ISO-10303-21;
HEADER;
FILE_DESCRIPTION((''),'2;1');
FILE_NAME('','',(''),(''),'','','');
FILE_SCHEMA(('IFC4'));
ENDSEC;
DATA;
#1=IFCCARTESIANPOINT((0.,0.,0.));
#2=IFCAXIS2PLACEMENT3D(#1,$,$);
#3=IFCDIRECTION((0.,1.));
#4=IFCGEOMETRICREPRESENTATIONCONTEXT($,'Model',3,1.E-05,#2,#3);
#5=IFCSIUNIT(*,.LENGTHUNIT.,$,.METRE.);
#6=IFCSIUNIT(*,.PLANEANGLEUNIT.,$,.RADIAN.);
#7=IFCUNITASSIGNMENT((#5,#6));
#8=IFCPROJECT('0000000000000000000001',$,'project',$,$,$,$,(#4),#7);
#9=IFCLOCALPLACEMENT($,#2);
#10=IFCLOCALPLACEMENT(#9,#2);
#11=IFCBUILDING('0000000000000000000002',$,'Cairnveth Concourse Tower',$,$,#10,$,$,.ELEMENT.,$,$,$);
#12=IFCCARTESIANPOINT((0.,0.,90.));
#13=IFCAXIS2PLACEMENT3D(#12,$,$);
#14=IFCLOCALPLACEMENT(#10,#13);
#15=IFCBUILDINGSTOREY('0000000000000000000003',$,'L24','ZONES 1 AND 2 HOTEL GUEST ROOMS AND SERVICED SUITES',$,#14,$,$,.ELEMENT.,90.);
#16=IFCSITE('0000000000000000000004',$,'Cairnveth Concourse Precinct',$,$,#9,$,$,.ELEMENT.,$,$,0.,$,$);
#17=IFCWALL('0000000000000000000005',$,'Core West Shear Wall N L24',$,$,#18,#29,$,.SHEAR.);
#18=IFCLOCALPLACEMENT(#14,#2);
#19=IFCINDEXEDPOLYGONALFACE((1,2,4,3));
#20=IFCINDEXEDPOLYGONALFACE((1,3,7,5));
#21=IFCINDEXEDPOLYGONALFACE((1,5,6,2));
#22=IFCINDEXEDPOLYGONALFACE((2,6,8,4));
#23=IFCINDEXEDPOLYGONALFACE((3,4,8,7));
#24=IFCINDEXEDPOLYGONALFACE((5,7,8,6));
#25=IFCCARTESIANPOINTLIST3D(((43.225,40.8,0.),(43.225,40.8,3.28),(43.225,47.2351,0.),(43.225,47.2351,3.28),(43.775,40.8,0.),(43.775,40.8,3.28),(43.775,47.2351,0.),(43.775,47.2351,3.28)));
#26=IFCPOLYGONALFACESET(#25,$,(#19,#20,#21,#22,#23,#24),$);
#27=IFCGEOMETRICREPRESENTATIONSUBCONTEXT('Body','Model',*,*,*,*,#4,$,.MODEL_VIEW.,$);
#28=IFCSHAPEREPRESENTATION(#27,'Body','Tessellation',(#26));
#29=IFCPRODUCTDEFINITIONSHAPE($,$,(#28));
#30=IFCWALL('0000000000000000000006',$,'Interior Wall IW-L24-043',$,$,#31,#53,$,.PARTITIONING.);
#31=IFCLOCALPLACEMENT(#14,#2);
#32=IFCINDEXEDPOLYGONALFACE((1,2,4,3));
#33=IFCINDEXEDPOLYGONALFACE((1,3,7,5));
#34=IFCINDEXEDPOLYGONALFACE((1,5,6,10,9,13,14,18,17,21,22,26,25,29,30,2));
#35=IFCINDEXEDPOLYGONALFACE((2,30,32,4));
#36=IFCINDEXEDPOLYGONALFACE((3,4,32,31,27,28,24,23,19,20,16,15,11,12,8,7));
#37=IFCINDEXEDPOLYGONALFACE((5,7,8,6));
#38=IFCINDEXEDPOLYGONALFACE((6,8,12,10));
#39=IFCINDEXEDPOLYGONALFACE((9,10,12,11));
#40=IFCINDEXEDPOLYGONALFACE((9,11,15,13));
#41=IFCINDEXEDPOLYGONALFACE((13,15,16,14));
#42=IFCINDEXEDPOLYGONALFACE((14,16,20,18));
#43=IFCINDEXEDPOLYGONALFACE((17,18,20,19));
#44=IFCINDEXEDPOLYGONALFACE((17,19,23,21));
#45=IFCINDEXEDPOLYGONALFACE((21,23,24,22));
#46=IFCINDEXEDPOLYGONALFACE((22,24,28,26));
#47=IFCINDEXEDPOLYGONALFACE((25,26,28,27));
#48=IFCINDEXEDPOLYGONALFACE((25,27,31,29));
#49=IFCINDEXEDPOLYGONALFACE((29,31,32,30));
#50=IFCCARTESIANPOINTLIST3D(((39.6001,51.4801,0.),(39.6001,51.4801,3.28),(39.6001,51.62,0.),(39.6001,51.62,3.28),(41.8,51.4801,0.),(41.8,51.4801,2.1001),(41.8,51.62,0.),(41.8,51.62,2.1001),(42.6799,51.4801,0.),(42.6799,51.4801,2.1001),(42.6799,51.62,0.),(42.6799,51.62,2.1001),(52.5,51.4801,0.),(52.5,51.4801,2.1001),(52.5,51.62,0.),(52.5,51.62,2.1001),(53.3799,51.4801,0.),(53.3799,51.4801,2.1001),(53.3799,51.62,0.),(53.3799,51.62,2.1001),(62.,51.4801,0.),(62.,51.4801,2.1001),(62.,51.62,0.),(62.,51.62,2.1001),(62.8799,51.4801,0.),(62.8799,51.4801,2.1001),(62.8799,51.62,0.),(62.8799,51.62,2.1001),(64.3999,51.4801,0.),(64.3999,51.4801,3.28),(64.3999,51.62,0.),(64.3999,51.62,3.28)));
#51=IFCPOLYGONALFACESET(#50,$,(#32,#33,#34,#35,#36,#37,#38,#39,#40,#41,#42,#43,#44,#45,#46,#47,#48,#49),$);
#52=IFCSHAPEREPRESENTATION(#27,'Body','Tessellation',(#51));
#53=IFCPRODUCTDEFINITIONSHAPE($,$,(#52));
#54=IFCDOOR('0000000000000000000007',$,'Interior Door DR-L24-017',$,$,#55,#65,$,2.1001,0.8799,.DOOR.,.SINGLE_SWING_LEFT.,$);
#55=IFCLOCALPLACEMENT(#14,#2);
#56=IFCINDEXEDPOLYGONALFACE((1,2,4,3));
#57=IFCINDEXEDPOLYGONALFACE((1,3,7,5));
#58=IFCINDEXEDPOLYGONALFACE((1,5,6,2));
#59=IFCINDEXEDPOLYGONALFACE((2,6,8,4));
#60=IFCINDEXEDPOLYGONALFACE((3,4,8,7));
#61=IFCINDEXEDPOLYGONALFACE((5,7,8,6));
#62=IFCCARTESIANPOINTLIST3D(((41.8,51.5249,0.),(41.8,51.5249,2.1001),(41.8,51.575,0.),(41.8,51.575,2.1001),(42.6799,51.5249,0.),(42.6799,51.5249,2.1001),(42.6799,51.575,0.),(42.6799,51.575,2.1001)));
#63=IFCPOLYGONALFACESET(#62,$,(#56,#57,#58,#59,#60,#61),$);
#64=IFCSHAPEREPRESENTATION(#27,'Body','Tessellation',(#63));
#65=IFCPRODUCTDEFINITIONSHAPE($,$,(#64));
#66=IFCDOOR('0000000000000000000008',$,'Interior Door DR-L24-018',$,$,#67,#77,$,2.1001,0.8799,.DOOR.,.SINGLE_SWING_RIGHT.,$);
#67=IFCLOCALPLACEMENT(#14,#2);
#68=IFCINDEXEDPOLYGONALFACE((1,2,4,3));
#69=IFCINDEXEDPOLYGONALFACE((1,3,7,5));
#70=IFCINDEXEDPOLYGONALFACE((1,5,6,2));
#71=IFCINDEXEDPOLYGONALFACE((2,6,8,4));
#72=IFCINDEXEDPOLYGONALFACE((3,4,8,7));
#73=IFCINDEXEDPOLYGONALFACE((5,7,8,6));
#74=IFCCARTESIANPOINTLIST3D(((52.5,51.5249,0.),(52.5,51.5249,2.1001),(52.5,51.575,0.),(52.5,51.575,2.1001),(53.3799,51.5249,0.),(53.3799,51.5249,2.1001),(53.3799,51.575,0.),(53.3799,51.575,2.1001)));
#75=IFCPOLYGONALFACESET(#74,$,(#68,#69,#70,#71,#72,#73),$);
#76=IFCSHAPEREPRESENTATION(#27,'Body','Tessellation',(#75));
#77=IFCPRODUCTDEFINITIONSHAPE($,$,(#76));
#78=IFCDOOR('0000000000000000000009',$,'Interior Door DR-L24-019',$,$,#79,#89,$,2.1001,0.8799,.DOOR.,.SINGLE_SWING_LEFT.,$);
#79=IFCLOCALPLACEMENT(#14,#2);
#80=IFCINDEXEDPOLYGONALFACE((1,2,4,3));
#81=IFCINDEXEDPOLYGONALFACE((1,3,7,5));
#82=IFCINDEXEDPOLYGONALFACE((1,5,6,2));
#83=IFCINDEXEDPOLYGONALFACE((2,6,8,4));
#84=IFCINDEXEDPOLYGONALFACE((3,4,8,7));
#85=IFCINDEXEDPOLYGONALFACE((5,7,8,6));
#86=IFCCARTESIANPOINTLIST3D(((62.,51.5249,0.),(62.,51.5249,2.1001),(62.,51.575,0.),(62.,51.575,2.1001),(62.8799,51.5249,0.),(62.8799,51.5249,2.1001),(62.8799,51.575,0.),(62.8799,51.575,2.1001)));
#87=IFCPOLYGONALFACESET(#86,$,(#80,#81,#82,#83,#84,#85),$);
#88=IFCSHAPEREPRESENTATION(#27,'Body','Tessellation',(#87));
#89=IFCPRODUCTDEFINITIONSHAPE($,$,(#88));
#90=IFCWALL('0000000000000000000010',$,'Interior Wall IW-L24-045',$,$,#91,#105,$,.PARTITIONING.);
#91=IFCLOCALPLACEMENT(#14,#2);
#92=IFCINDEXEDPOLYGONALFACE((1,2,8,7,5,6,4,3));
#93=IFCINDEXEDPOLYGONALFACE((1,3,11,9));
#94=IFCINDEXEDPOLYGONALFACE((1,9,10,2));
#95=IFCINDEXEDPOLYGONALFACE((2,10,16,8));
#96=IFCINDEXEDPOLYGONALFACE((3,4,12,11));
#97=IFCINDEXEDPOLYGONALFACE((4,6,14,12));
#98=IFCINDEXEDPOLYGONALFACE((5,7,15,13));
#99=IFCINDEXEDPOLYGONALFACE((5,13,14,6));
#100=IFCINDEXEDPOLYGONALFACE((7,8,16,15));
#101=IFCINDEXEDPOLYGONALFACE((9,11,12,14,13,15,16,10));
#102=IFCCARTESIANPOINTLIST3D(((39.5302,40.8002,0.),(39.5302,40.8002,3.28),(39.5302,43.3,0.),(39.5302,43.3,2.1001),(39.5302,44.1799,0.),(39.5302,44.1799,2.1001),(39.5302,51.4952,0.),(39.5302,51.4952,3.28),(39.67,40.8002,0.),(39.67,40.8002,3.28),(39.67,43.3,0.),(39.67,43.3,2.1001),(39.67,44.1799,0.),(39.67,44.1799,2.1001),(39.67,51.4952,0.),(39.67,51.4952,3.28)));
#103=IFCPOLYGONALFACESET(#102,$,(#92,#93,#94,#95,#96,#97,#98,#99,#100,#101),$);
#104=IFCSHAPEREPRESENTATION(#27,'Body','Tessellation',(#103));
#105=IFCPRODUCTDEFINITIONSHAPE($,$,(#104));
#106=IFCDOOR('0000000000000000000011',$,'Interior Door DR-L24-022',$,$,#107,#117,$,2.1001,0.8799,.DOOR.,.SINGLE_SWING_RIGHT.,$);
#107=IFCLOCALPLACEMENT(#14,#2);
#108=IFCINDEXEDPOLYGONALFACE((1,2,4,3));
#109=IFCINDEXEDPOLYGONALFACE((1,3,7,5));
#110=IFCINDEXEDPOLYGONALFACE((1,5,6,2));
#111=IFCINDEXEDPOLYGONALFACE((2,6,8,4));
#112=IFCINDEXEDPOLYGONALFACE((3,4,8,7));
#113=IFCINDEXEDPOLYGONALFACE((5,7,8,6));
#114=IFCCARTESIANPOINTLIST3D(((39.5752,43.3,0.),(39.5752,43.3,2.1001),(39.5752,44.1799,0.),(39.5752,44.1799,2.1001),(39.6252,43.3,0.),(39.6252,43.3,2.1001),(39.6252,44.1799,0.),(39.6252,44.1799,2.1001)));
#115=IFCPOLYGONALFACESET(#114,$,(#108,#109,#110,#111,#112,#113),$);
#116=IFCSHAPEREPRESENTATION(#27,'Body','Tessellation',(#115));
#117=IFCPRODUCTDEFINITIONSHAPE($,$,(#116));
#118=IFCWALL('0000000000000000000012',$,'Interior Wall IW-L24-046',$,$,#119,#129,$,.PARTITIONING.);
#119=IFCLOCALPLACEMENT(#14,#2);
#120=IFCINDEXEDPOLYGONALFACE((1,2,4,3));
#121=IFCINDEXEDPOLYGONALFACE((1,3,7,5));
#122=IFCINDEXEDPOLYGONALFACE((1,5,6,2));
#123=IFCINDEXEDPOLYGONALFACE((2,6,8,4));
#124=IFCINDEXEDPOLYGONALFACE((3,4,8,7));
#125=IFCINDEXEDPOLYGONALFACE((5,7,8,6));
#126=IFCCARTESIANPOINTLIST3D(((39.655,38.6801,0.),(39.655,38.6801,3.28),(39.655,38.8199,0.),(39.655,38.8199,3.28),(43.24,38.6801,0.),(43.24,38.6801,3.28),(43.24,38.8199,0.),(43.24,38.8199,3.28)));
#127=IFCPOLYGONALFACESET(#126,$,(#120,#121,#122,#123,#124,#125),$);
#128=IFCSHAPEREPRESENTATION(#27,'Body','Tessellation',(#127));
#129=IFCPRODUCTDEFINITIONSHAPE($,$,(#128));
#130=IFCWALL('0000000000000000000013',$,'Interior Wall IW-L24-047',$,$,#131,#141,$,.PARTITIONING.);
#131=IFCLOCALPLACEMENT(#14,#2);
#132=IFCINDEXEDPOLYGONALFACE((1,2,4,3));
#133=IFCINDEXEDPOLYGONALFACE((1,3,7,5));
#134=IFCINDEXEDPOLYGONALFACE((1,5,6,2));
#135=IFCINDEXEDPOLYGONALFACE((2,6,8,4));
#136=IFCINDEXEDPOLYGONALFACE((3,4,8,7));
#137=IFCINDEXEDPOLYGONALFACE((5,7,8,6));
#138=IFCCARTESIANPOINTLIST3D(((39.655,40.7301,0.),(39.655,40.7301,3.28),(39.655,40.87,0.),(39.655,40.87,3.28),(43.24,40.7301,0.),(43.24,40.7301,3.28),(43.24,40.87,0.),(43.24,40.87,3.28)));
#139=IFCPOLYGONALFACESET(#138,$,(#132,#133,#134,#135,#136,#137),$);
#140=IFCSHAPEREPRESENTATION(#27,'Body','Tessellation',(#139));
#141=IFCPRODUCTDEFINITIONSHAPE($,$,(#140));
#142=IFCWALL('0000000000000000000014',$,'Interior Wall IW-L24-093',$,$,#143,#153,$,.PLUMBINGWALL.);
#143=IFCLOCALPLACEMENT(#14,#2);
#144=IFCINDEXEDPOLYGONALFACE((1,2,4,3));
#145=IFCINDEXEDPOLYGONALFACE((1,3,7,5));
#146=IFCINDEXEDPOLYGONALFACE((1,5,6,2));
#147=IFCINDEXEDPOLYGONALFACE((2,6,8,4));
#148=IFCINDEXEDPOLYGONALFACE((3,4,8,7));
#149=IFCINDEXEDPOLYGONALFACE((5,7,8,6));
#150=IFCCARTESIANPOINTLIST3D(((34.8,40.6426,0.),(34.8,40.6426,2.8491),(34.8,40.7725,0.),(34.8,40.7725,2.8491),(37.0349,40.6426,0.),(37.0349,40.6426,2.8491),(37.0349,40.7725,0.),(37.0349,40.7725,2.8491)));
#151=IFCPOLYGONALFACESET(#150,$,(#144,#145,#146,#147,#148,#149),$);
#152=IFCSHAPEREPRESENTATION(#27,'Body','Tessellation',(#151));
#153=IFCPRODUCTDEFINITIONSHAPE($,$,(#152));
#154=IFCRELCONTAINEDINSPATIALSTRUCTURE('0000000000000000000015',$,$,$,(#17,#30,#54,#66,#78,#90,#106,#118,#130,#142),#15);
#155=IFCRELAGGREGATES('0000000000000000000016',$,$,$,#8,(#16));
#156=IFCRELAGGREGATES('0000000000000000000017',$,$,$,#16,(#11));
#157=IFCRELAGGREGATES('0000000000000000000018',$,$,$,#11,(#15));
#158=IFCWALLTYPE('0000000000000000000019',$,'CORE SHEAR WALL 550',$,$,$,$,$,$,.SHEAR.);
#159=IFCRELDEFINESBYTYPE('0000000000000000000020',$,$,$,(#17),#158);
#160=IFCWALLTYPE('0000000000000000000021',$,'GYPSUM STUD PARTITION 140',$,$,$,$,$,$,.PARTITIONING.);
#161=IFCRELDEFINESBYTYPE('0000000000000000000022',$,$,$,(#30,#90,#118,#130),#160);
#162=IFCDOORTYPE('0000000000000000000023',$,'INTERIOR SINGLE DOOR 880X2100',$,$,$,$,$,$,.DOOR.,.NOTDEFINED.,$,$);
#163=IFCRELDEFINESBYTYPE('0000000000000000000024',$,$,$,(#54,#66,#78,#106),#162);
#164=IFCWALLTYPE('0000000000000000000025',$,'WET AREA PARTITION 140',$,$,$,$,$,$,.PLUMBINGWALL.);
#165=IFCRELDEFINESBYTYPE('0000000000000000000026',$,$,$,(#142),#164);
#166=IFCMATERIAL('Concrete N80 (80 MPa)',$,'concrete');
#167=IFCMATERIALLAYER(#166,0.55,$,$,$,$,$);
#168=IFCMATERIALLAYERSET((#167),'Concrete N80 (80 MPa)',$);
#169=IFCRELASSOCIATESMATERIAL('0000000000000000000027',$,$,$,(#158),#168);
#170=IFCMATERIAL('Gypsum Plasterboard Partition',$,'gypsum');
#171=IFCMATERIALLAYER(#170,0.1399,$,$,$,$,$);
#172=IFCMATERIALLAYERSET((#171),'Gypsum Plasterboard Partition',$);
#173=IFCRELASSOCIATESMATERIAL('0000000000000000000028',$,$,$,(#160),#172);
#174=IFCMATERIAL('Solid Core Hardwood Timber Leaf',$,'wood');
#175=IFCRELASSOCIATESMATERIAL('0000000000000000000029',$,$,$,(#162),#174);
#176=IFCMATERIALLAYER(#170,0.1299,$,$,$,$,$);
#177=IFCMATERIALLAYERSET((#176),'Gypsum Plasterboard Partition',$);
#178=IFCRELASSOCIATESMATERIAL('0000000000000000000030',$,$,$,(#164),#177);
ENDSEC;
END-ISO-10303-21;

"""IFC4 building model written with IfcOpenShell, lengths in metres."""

from ifc_helpers import new_model, si_unit, direction, frame, frame_2d, origin, place, context, subcontext, project, spatial, rectangle, extrude, material, layer, layer_set, type_object, element, fill, save


model = new_model("IFC4")

# Units and contexts
model_context = context("Model", 3, precision=1e-05, world=origin(), true_north=direction((0.0, 1.0)))
body_context = subcontext(model_context, "Body", "Model", "MODEL_VIEW")
ifc_project = project(units=[si_unit("LENGTHUNIT", "METRE"), si_unit("PLANEANGLEUNIT", "RADIAN")], contexts=[model_context])

# Site, building, storey
site_placement = place(None, origin())
site = spatial("IfcSite", under=ifc_project, at=site_placement, Name="Cairnveth Concourse Precinct", CompositionType="ELEMENT", RefElevation=0.0)
building_placement = place(site_placement, origin())
building = spatial("IfcBuilding", under=site, at=building_placement, Name="Cairnveth Concourse Tower", CompositionType="ELEMENT")
storey_placement = place(building_placement, frame((0.0, 0.0, 90.0)))
storey = spatial("IfcBuildingStorey", under=building, at=storey_placement, Name="L24", Description="ZONES 1 AND 2 HOTEL GUEST ROOMS AND SERVICED SUITES", CompositionType="ELEMENT", Elevation=90.0)

# Shared definitions
ifc_material_1 = material(Name="Concrete N80 (80 MPa)", Category="concrete")

# Wall
ifc_material_2 = material(Name="Gypsum Plasterboard Partition", Category="gypsum")
ifc_layer_1 = layer(ifc_material_1, 0.55)
ifc_layer_set_1 = layer_set([ifc_layer_1], Name="Concrete N80 (80 MPa)")
wall_type_1 = type_object("IfcWallType", Name="CORE SHEAR WALL 550", PredefinedType="SHEAR", material=ifc_layer_set_1)
wall_1_placement = place(storey_placement, frame((43.5, 40.8, 0.0), z_axis=(0.0, 0.0, 1.0), x_axis=(0.0, 1.0, 0.0)))
element("IfcWall", 1, at=wall_1_placement, inside=storey, type_object=wall_type_1, Name="Core West Shear Wall N L24", PredefinedType="SHEAR", context=body_context, shape_type="SweptSolid", body=[
    extrude(rectangle(XDim=6.4351, YDim=0.55, at=frame_2d((3.2175, 0.0))), origin(), (0.0, 0.0, 1.0), 3.28),
])

# Wall, openings, doors
ifc_layer_2 = layer(ifc_material_2, 0.1399)
ifc_layer_set_2 = layer_set([ifc_layer_2], Name="Gypsum Plasterboard Partition")
wall_type_2 = type_object("IfcWallType", Name="GYPSUM STUD PARTITION 140", PredefinedType="PARTITIONING", material=ifc_layer_set_2)
wall_2_placement = place(storey_placement, frame((39.6001, 51.55, 0.0), z_axis=(0.0, 0.0, 1.0), x_axis=(1.0, 0.0, 0.0)))
wall_2 = element("IfcWall", 2, at=wall_2_placement, inside=storey, type_object=wall_type_2, Name="Interior Wall IW-L24-043", PredefinedType="PARTITIONING", context=body_context, shape_type="SweptSolid", body=[
    extrude(rectangle(XDim=24.7998, YDim=0.1399, at=frame_2d((12.3999, 0.0))), origin(), (0.0, 0.0, 1.0), 3.28),
])
opening_1_placement = place(wall_2_placement, frame((2.2, 0.0, 0.0)))
opening_1 = element("IfcOpeningElement", 3, at=opening_1_placement, cuts=wall_2, PredefinedType="OPENING", context=body_context, shape_type="SweptSolid", body=[
    extrude(rectangle(XDim=0.8799, YDim=2.1001, at=frame_2d((0.4399, 1.05))), frame((0.0, 0.0798, 0.0), z_axis=(0.0, -1.0, 0.0), x_axis=(1.0, 0.0, 0.0)), (0.0, 0.0, 1.0), 0.1599),
])
opening_2_placement = place(wall_2_placement, frame((12.8999, 0.0, 0.0)))
opening_2 = element("IfcOpeningElement", 4, at=opening_2_placement, cuts=wall_2, PredefinedType="OPENING", context=body_context, shape_type="SweptSolid", body=[
    extrude(rectangle(XDim=0.8799, YDim=2.1001, at=frame_2d((0.4399, 1.05))), frame((0.0, 0.0798, 0.0), z_axis=(0.0, -1.0, 0.0), x_axis=(1.0, 0.0, 0.0)), (0.0, 0.0, 1.0), 0.1599),
])
opening_3_placement = place(wall_2_placement, frame((22.3999, 0.0, 0.0)))
opening_3 = element("IfcOpeningElement", 5, at=opening_3_placement, cuts=wall_2, PredefinedType="OPENING", context=body_context, shape_type="SweptSolid", body=[
    extrude(rectangle(XDim=0.8799, YDim=2.1001, at=frame_2d((0.4399, 1.05))), frame((0.0, 0.0798, 0.0), z_axis=(0.0, -1.0, 0.0), x_axis=(1.0, 0.0, 0.0)), (0.0, 0.0, 1.0), 0.1599),
])
ifc_material_3 = material(Name="Solid Core Hardwood Timber Leaf", Category="wood")
door_type_1 = type_object("IfcDoorType", Name="INTERIOR SINGLE DOOR 880X2100", OperationType="NOTDEFINED", PredefinedType="DOOR", material=ifc_material_3)
door_1_placement = place(opening_1_placement, origin())
door_1 = element("IfcDoor", 6, at=door_1_placement, inside=storey, type_object=door_type_1, Name="Interior Door DR-L24-017", OperationType="SINGLE_SWING_LEFT", OverallHeight=2.1001, OverallWidth=0.8799, PredefinedType="DOOR", context=body_context, shape_type="SweptSolid", body=[
    extrude(rectangle(XDim=0.8799, YDim=2.1001, at=frame_2d((0.4399, 1.05))), frame((0.0, 0.0249, 0.0), z_axis=(0.0, -1.0, 0.0), x_axis=(1.0, 0.0, 0.0)), (0.0, 0.0, 1.0), 0.05),
])
fill(opening_1, door_1)
door_2_placement = place(opening_2_placement, origin())
door_2 = element("IfcDoor", 7, at=door_2_placement, inside=storey, type_object=door_type_1, Name="Interior Door DR-L24-018", OperationType="SINGLE_SWING_RIGHT", OverallHeight=2.1001, OverallWidth=0.8799, PredefinedType="DOOR", context=body_context, shape_type="SweptSolid", body=[
    extrude(rectangle(XDim=0.8799, YDim=2.1001, at=frame_2d((0.4399, 1.05))), frame((0.0, 0.0249, 0.0), z_axis=(0.0, -1.0, 0.0), x_axis=(1.0, 0.0, 0.0)), (0.0, 0.0, 1.0), 0.05),
])
fill(opening_2, door_2)
door_3_placement = place(opening_3_placement, origin())
door_3 = element("IfcDoor", 8, at=door_3_placement, inside=storey, type_object=door_type_1, Name="Interior Door DR-L24-019", OperationType="SINGLE_SWING_LEFT", OverallHeight=2.1001, OverallWidth=0.8799, PredefinedType="DOOR", context=body_context, shape_type="SweptSolid", body=[
    extrude(rectangle(XDim=0.8799, YDim=2.1001, at=frame_2d((0.4399, 1.05))), frame((0.0, 0.0249, 0.0), z_axis=(0.0, -1.0, 0.0), x_axis=(1.0, 0.0, 0.0)), (0.0, 0.0, 1.0), 0.05),
])
fill(opening_3, door_3)

# Wall, opening, door
wall_3_placement = place(storey_placement, frame((39.6001, 40.8, 0.0), z_axis=(0.0, 0.0, 1.0), x_axis=(0.0, 1.0, 0.0)))
wall_3 = element("IfcWall", 9, at=wall_3_placement, inside=storey, type_object=wall_type_2, Name="Interior Wall IW-L24-045", PredefinedType="PARTITIONING", context=body_context, shape_type="SweptSolid", body=[
    extrude(rectangle(XDim=10.6951, YDim=0.1399, at=frame_2d((5.3477, 0.0))), origin(), (0.0, 0.0, 1.0), 3.28),
])
opening_4_placement = place(wall_3_placement, frame((2.5, 0.0, 0.0)))
opening_4 = element("IfcOpeningElement", 10, at=opening_4_placement, cuts=wall_3, PredefinedType="OPENING", context=body_context, shape_type="SweptSolid", body=[
    extrude(rectangle(XDim=0.8799, YDim=2.1001, at=frame_2d((0.4399, 1.05))), frame((0.0, 0.0798, 0.0), z_axis=(0.0, -1.0, 0.0), x_axis=(1.0, 0.0, 0.0)), (0.0, 0.0, 1.0), 0.1599),
])
door_4_placement = place(opening_4_placement, origin())
door_4 = element("IfcDoor", 11, at=door_4_placement, inside=storey, type_object=door_type_1, Name="Interior Door DR-L24-022", OperationType="SINGLE_SWING_RIGHT", OverallHeight=2.1001, OverallWidth=0.8799, PredefinedType="DOOR", context=body_context, shape_type="SweptSolid", body=[
    extrude(rectangle(XDim=0.8799, YDim=2.1001, at=frame_2d((0.4399, 1.05))), frame((0.0, 0.0249, 0.0), z_axis=(0.0, -1.0, 0.0), x_axis=(1.0, 0.0, 0.0)), (0.0, 0.0, 1.0), 0.05),
])
fill(opening_4, door_4)

# Walls
for number, where, z_axis, x_axis, name in (
    (12, (39.655, 38.75, 0.0), (0.0, 0.0, 1.0), (1.0, 0.0, 0.0), "Interior Wall IW-L24-046"),
    (13, (39.655, 40.8, 0.0), (0.0, 0.0, 1.0), (1.0, 0.0, 0.0), "Interior Wall IW-L24-047"),
):
    element("IfcWall", number, at=place(storey_placement, frame(where, z_axis=z_axis, x_axis=x_axis)), inside=storey, type_object=wall_type_2, Name=name, PredefinedType="PARTITIONING", context=body_context, shape_type="SweptSolid", body=[
        extrude(rectangle(XDim=3.585, YDim=0.1399, at=frame_2d((1.7925, 0.0))), origin(), (0.0, 0.0, 1.0), 3.28),
    ])
ifc_layer_3 = layer(ifc_material_2, 0.1299)
ifc_layer_set_3 = layer_set([ifc_layer_3], Name="Gypsum Plasterboard Partition")
wall_type_3 = type_object("IfcWallType", Name="WET AREA PARTITION 140", PredefinedType="PLUMBINGWALL", material=ifc_layer_set_3)
wall_4_placement = place(storey_placement, frame((34.8, 40.7075, 0.0), z_axis=(0.0, 0.0, 1.0), x_axis=(1.0, 0.0, 0.0)))
element("IfcWall", 14, at=wall_4_placement, inside=storey, type_object=wall_type_3, Name="Interior Wall IW-L24-093", PredefinedType="PLUMBINGWALL", context=body_context, shape_type="SweptSolid", body=[
    extrude(rectangle(XDim=2.2349, YDim=0.1299, at=frame_2d((1.1174, 0.0))), origin(), (0.0, 0.0, 1.0), 2.8491),
])

save(model, "model.ifc")
